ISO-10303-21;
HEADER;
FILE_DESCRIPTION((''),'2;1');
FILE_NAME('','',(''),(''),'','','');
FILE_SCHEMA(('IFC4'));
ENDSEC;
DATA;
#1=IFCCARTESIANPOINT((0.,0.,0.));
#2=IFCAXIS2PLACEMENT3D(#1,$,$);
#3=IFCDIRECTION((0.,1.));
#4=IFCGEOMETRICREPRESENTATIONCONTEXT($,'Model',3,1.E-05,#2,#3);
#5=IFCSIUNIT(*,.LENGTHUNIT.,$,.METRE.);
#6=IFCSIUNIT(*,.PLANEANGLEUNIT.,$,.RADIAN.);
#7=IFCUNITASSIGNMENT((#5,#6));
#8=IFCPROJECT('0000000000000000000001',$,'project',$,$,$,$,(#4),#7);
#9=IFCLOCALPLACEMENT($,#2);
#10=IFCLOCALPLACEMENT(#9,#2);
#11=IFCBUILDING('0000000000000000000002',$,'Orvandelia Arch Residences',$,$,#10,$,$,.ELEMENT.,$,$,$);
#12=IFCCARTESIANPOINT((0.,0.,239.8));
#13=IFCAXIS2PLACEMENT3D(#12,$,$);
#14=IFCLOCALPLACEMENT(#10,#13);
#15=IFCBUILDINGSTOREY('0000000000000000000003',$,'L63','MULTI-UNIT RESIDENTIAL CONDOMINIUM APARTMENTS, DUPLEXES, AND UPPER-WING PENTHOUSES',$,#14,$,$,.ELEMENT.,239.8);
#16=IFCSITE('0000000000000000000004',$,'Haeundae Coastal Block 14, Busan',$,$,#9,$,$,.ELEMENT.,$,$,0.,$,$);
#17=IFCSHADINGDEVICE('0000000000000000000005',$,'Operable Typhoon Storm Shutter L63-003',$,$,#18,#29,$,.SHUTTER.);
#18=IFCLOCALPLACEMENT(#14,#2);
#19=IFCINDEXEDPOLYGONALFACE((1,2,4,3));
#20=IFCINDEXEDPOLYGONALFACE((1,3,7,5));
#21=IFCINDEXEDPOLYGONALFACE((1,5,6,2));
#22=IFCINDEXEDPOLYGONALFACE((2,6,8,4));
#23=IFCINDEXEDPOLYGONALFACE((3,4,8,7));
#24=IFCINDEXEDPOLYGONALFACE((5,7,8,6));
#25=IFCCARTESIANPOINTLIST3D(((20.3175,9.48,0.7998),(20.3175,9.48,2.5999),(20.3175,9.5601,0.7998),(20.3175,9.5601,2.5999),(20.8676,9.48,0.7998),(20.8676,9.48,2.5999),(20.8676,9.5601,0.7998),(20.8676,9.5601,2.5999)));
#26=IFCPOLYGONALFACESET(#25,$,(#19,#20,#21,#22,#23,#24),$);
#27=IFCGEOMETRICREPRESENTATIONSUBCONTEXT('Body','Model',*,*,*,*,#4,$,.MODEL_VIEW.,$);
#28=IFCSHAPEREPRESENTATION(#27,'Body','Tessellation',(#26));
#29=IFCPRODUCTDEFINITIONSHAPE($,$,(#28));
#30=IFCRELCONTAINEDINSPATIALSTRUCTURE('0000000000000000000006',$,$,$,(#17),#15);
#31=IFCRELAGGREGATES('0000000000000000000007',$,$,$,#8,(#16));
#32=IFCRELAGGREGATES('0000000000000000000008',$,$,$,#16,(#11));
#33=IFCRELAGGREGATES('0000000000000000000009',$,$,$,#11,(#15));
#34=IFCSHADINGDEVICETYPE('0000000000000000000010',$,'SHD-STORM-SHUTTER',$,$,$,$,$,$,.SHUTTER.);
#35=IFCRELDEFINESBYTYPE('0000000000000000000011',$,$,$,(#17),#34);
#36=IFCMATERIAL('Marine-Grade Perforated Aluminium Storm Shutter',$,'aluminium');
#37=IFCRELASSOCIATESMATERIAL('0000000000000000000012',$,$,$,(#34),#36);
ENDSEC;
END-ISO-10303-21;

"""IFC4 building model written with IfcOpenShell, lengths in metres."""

from ifc_helpers import new_model, si_unit, direction, frame, origin, origin_2d, place, context, subcontext, project, spatial, rectangle, extrude, material, type_object, element, save


model = new_model("IFC4")

# Units and contexts
model_context = context("Model", 3, precision=1e-05, world=origin(), true_north=direction((0.0, 1.0)))
body_context = subcontext(model_context, "Body", "Model", "MODEL_VIEW")
ifc_project = project(units=[si_unit("LENGTHUNIT", "METRE"), si_unit("PLANEANGLEUNIT", "RADIAN")], contexts=[model_context])

# Site, building, storey
site_placement = place(None, origin())
site = spatial("IfcSite", under=ifc_project, at=site_placement, Name="Haeundae Coastal Block 14, Busan", CompositionType="ELEMENT", RefElevation=0.0)
building_placement = place(site_placement, origin())
building = spatial("IfcBuilding", under=site, at=building_placement, Name="Orvandelia Arch Residences", CompositionType="ELEMENT")
storey_placement = place(building_placement, frame((0.0, 0.0, 239.8)))
storey = spatial("IfcBuildingStorey", under=building, at=storey_placement, Name="L63", Description="MULTI-UNIT RESIDENTIAL CONDOMINIUM APARTMENTS, DUPLEXES, AND UPPER-WING PENTHOUSES", CompositionType="ELEMENT", Elevation=239.8)

# Shading device
ifc_material_1 = material(Name="Marine-Grade Perforated Aluminium Storm Shutter", Category="aluminium")
shading_device_type_1 = type_object("IfcShadingDeviceType", Name="SHD-STORM-SHUTTER", PredefinedType="SHUTTER", material=ifc_material_1)
shading_device_1_placement = place(storey_placement, frame((20.5925, 9.52, 0.7998), z_axis=(0.0, 0.0, 1.0), x_axis=(-1.0, 0.0, 0.0)))
element("IfcShadingDevice", 1, at=shading_device_1_placement, inside=storey, type_object=shading_device_type_1, Name="Operable Typhoon Storm Shutter L63-003", PredefinedType="SHUTTER", context=body_context, shape_type="SweptSolid", body=[
    extrude(rectangle(XDim=0.55, YDim=0.0801, at=origin_2d()), origin(), (0.0, 0.0, 1.0), 1.8),
])

save(model, "model.ifc")
